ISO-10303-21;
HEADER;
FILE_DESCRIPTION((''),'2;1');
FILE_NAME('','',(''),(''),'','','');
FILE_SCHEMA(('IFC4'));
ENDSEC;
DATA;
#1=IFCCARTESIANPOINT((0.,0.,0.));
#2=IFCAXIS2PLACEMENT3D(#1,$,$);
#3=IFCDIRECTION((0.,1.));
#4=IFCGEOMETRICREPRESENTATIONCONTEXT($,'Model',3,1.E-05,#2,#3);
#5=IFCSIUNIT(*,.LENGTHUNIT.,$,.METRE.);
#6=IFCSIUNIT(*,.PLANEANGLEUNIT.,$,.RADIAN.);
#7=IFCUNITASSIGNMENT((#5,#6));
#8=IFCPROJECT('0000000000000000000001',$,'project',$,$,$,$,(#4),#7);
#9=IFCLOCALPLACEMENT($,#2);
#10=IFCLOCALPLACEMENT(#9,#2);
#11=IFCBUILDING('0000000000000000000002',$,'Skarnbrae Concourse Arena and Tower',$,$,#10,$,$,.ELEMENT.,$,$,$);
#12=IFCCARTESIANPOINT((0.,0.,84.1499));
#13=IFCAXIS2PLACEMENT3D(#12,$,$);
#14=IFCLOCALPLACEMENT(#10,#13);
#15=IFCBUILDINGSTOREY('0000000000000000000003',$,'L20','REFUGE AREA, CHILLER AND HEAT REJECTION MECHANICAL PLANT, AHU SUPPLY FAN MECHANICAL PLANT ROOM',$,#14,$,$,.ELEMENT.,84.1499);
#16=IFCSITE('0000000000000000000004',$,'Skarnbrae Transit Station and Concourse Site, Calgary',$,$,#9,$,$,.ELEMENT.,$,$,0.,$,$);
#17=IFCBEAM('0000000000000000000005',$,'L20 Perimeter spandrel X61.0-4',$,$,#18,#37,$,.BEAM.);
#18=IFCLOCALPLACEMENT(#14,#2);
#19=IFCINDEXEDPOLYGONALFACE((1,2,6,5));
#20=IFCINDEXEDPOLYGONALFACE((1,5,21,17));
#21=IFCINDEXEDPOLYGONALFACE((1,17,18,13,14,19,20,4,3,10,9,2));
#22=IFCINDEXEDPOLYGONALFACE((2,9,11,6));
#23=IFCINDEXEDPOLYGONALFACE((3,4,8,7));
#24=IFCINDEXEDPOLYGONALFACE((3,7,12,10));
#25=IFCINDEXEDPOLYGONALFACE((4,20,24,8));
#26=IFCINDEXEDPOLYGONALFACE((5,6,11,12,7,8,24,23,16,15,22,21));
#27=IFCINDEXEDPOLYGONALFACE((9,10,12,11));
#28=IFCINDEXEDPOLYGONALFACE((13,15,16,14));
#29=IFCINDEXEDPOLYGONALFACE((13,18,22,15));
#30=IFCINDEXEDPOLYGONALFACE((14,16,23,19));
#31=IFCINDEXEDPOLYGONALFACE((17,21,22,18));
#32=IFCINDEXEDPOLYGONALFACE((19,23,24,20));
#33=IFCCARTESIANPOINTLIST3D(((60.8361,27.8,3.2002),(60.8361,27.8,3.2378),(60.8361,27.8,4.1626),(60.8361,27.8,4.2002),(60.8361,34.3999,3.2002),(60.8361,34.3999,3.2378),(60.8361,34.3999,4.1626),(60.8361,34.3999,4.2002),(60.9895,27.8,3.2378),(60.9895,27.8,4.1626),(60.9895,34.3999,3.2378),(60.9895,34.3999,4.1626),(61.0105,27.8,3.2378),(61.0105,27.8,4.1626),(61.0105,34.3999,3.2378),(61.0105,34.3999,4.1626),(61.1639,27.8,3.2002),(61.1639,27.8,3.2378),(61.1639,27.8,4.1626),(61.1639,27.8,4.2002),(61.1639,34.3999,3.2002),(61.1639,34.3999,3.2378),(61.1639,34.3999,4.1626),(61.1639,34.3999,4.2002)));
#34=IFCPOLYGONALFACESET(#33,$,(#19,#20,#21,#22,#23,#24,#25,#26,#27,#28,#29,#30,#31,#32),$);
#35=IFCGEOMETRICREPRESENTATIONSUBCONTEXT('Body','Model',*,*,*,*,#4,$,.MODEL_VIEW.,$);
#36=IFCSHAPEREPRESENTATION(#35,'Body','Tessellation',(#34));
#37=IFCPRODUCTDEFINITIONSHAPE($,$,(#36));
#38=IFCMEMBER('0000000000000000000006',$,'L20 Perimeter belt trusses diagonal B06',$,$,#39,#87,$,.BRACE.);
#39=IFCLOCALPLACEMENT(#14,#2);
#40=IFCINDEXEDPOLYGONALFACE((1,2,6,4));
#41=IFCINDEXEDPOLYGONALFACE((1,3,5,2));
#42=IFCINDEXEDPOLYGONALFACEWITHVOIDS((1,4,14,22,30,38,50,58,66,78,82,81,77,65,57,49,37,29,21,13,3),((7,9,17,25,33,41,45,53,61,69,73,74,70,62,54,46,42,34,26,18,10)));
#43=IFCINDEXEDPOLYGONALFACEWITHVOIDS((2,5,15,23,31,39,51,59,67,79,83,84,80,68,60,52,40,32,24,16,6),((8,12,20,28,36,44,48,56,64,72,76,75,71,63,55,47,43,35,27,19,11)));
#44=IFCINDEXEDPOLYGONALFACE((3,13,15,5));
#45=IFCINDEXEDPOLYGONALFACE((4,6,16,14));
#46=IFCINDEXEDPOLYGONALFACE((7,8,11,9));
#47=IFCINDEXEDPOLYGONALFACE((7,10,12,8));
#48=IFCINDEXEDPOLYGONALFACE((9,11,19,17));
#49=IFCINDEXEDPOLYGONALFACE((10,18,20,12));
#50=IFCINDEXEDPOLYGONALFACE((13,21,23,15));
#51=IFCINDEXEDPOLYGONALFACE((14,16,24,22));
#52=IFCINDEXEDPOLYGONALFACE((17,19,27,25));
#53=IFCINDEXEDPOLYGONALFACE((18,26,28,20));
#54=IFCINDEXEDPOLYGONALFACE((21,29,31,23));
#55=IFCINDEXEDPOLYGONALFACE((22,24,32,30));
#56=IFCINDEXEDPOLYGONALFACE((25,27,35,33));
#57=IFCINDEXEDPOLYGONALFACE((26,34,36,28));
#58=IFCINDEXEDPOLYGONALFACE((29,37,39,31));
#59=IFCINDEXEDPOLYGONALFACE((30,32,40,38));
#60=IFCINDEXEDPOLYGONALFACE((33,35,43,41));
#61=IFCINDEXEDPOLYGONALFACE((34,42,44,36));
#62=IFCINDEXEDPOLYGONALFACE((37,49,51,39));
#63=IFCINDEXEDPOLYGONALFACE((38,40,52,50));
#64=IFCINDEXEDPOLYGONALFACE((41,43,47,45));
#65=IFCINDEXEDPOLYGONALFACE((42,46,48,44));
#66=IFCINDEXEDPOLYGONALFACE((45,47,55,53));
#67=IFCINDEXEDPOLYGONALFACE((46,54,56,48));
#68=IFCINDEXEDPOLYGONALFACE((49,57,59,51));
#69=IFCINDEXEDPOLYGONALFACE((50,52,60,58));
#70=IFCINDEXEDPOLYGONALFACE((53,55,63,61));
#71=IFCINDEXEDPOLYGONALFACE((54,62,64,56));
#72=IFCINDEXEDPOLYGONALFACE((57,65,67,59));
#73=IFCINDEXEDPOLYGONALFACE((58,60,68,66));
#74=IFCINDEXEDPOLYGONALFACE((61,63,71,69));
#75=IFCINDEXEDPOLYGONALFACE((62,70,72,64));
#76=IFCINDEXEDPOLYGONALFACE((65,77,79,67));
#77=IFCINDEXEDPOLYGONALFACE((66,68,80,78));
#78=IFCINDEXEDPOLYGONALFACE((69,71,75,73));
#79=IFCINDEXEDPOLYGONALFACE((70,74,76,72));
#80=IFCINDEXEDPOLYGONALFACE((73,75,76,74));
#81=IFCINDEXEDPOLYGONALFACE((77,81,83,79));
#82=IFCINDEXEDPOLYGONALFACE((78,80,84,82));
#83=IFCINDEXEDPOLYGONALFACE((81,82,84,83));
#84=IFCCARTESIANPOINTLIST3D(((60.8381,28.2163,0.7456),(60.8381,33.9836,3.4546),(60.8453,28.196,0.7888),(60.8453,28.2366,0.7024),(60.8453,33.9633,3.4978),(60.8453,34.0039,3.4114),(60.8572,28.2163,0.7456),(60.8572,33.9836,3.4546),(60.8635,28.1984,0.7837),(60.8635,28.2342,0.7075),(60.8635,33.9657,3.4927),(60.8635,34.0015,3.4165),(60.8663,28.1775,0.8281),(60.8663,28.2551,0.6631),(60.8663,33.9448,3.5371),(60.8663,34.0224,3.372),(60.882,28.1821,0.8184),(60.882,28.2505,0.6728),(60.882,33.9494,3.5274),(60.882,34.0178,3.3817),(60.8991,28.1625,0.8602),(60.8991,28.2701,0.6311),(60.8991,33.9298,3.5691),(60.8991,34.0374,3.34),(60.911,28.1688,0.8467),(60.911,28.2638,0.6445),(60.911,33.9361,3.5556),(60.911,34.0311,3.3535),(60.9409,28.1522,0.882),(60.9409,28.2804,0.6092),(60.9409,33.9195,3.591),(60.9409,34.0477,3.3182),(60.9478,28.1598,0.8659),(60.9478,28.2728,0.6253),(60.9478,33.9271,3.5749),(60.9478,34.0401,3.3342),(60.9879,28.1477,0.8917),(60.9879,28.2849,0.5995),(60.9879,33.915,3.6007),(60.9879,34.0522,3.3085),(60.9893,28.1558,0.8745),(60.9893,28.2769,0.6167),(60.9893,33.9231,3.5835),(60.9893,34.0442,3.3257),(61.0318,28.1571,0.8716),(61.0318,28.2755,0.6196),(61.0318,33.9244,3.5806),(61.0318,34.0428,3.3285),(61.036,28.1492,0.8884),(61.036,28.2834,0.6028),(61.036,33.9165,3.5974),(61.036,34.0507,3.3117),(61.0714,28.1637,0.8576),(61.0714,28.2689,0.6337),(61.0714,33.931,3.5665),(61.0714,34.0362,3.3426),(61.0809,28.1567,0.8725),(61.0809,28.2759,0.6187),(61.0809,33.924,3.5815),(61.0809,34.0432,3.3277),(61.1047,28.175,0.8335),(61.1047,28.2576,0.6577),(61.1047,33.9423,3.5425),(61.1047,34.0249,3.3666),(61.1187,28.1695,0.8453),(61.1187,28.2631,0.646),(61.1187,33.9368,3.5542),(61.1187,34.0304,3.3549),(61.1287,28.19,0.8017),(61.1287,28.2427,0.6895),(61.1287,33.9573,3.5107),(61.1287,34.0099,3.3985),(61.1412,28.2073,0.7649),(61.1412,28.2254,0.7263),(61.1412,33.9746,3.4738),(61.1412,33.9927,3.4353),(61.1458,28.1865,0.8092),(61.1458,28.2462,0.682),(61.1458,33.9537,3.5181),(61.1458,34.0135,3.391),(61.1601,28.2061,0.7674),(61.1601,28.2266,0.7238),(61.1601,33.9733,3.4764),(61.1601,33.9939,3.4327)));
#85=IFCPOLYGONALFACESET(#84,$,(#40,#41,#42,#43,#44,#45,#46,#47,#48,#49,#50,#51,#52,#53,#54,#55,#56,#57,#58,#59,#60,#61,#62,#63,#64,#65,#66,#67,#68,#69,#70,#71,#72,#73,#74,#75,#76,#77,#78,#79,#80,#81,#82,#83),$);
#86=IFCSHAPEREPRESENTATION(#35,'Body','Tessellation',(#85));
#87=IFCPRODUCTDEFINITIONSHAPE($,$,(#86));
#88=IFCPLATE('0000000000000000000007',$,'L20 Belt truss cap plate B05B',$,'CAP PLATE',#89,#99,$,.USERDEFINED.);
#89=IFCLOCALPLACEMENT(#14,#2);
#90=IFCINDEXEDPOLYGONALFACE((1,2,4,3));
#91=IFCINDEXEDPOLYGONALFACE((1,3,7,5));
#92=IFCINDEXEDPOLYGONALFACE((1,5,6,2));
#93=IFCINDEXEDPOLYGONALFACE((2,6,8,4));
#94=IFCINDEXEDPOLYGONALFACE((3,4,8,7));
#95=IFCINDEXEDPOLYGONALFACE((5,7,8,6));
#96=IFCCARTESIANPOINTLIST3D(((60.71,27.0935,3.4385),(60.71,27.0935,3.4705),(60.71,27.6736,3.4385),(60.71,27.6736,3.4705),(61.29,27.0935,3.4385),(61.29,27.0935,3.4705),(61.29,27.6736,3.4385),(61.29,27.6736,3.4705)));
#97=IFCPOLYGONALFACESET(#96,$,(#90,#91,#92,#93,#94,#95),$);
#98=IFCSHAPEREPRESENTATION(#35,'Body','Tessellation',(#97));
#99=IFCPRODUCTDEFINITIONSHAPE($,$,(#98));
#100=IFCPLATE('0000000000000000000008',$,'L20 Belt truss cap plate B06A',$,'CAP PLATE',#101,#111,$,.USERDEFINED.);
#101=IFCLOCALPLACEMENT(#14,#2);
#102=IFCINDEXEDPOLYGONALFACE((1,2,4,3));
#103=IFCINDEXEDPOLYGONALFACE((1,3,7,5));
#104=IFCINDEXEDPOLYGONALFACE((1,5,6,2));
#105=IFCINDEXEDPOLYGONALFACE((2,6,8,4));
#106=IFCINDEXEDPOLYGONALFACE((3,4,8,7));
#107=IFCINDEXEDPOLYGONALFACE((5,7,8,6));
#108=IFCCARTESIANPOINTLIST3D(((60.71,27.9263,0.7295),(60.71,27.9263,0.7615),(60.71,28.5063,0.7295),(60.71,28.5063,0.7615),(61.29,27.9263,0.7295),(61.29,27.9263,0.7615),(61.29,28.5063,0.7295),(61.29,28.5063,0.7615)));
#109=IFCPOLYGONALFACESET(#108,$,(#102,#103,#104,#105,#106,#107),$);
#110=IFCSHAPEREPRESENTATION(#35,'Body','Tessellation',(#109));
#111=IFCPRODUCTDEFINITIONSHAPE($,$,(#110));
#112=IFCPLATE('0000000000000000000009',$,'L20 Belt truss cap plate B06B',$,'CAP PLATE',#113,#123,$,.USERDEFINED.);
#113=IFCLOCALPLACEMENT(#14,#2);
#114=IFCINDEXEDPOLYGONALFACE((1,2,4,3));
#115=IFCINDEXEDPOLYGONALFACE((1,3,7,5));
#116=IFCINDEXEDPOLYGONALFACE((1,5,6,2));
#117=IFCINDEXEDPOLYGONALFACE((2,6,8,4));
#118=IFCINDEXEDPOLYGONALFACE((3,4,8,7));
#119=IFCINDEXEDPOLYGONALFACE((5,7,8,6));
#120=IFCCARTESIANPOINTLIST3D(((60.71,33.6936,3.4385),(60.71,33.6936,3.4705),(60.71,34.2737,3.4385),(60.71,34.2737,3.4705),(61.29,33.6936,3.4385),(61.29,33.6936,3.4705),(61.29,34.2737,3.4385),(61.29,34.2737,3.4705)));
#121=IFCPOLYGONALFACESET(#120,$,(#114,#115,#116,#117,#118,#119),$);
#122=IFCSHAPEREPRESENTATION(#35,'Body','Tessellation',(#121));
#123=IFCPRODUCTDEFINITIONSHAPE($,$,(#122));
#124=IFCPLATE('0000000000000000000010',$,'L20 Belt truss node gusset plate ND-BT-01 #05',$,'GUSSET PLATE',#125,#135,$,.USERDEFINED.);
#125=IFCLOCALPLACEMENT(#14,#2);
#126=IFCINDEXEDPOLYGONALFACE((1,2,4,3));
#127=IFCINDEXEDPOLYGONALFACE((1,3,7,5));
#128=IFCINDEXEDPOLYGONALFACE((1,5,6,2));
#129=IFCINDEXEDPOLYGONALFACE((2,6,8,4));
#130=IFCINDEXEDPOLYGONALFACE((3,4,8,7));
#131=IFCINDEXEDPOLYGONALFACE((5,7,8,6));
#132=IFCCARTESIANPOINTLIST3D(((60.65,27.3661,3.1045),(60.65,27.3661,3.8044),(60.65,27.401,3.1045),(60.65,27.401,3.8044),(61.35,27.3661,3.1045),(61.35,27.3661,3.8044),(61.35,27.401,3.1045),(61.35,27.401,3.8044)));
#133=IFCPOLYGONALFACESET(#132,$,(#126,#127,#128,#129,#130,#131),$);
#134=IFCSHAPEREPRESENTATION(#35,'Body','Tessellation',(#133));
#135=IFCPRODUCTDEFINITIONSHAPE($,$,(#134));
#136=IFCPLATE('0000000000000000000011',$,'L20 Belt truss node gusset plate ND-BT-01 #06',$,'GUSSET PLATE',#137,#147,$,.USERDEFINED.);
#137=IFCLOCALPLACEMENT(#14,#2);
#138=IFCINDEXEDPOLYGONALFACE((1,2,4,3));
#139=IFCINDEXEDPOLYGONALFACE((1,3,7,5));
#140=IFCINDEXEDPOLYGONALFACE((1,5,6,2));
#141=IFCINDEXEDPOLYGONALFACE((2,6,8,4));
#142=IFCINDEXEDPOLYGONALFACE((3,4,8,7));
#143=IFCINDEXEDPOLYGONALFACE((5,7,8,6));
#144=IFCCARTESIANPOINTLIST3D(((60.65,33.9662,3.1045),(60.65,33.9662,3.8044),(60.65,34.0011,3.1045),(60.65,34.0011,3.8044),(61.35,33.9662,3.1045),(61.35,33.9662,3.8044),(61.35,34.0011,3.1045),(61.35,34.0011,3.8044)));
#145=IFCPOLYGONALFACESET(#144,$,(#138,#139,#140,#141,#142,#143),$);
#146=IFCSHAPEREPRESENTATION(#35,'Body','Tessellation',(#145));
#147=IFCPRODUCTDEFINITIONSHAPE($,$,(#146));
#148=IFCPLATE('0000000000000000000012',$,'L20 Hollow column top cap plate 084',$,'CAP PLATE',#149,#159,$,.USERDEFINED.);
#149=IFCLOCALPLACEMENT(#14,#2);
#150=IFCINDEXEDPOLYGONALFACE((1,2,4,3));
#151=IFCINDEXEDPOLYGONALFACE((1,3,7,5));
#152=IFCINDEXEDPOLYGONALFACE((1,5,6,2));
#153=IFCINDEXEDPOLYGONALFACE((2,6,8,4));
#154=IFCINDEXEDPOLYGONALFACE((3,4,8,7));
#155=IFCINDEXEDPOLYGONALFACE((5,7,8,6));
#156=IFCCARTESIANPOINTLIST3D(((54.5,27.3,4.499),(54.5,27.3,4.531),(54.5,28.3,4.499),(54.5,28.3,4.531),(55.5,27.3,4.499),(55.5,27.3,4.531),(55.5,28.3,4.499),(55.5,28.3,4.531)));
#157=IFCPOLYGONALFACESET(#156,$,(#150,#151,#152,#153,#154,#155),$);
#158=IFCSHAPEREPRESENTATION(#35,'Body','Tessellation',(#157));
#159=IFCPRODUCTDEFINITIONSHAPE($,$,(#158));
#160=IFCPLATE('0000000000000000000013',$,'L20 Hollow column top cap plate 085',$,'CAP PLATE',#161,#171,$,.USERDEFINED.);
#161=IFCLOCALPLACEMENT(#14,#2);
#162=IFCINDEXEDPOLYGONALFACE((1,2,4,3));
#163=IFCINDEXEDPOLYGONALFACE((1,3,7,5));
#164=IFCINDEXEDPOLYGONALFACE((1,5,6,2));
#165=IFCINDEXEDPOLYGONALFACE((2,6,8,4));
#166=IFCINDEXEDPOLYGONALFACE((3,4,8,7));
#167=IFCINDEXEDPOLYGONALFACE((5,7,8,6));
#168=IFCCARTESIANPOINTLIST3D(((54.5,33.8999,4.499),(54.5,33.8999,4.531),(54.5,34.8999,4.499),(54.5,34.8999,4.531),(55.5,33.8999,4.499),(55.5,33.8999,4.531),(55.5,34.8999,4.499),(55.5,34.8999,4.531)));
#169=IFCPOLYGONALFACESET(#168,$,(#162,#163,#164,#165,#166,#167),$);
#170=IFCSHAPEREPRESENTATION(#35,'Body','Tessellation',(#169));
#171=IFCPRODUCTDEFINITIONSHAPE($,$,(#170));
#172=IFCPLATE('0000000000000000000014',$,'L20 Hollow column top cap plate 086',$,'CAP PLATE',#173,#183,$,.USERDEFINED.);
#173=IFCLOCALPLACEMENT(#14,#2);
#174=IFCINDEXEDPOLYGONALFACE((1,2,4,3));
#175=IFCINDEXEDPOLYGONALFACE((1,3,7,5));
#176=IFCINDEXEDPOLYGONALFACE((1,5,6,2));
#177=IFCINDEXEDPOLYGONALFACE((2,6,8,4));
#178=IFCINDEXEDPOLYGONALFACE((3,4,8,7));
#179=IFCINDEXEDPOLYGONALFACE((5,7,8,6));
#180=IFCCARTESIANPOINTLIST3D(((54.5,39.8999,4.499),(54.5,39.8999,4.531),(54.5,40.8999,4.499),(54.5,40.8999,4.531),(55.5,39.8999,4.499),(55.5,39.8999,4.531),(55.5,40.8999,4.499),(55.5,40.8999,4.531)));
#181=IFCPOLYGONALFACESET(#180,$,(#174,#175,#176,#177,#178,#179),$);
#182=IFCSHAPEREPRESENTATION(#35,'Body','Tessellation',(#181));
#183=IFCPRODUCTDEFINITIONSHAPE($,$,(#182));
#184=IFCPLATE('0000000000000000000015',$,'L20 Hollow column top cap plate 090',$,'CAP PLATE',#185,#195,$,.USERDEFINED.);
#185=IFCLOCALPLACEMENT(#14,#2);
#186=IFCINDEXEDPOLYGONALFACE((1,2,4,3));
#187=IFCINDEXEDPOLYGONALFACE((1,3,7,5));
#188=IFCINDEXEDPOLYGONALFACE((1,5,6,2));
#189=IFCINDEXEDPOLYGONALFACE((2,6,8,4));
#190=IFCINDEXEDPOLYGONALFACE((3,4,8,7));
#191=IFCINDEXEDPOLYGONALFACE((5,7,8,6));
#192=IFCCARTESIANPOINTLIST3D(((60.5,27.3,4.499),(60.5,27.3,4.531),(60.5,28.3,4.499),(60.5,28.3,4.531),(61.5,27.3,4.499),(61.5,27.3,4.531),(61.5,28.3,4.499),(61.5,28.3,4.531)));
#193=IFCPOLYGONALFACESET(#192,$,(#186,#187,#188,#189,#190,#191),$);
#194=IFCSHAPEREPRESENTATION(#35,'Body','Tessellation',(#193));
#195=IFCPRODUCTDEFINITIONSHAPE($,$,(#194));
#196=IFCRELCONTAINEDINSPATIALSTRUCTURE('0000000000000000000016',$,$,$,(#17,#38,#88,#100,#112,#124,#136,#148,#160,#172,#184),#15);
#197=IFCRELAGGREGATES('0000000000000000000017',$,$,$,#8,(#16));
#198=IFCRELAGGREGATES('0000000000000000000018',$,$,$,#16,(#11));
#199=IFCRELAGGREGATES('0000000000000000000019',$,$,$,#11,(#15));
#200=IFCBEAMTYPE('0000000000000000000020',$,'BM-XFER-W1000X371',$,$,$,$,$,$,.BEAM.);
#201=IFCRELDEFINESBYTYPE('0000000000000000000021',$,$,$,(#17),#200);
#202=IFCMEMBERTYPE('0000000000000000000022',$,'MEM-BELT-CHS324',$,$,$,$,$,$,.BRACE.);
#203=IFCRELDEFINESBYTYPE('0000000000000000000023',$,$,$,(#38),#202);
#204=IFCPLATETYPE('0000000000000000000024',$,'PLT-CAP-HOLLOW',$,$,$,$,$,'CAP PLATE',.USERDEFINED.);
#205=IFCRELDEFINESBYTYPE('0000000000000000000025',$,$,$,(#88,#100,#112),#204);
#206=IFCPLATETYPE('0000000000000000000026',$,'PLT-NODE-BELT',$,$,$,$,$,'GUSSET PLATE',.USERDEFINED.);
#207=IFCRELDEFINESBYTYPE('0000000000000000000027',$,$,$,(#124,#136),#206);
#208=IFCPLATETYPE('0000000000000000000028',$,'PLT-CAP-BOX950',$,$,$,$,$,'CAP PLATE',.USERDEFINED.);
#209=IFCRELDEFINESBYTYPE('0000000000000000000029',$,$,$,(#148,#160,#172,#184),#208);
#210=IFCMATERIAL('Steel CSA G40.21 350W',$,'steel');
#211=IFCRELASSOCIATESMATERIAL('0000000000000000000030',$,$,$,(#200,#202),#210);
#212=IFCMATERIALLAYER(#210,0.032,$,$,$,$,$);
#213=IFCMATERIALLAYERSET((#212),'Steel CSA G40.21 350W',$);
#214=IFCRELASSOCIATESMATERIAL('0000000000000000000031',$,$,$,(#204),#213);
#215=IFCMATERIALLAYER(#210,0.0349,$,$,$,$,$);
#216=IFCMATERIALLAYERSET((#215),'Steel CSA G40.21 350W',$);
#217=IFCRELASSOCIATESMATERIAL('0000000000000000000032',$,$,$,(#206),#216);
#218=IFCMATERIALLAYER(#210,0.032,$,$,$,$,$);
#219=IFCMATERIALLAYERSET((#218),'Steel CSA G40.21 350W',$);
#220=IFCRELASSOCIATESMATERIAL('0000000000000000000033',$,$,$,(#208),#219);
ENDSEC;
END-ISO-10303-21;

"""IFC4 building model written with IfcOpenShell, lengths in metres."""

from ifc_helpers import new_model, si_unit, direction, frame, origin, origin_2d, place, context, subcontext, project, spatial, rectangle, hollow_circle, i_section, extrude, source, transform, mapped, material, layer, layer_set, material_profile, profile_set, type_object, element, save


model = new_model("IFC4")

# Units and contexts
model_context = context("Model", 3, precision=1e-05, world=origin(), true_north=direction((0.0, 1.0)))
body_context = subcontext(model_context, "Body", "Model", "MODEL_VIEW")
ifc_project = project(units=[si_unit("LENGTHUNIT", "METRE"), si_unit("PLANEANGLEUNIT", "RADIAN")], contexts=[model_context])

# Site, building, storey
site_placement = place(None, origin())
site = spatial("IfcSite", under=ifc_project, at=site_placement, Name="Skarnbrae Transit Station and Concourse Site, Calgary", CompositionType="ELEMENT", RefElevation=0.0)
building_placement = place(site_placement, origin())
building = spatial("IfcBuilding", under=site, at=building_placement, Name="Skarnbrae Concourse Arena and Tower", CompositionType="ELEMENT")
storey_placement = place(building_placement, frame((0.0, 0.0, 84.1499)))
storey = spatial("IfcBuildingStorey", under=building, at=storey_placement, Name="L20", Description="REFUGE AREA, CHILLER AND HEAT REJECTION MECHANICAL PLANT, AHU SUPPLY FAN MECHANICAL PLANT ROOM", CompositionType="ELEMENT", Elevation=84.1499)

# Shared definitions
ifc_material_1 = material(Name="Steel CSA G40.21 350W", Category="steel")

# Beam
ifc_material_profile_1 = material_profile(ifc_material_1, i_section(OverallWidth=0.3279, OverallDepth=1.0, WebThickness=0.021, FlangeThickness=0.0376, at=origin_2d()), Name="W1000X371")
ifc_profile_set_1 = profile_set([ifc_material_profile_1], Name="Steel CSA G40.21 350W")
beam_type_1 = type_object("IfcBeamType", Name="BM-XFER-W1000X371", PredefinedType="BEAM", material=ifc_profile_set_1)
shared_shape_1 = source(origin(), body_context, "Body", "SweptSolid", [
    extrude(i_section(OverallWidth=0.3279, OverallDepth=1.0, WebThickness=0.021, FlangeThickness=0.0376, at=origin_2d()), origin(), (0.0, 0.0, 1.0), 6.5999),
])
for number, where, z_axis, x_axis, name in (
    (1, (61.0, 27.8, 3.7002), (0.0, 1.0, 0.0), (-1.0, 0.0, 0.0), "L20 Perimeter spandrel X61.0-4"),
):
    element("IfcBeam", number, at=place(storey_placement, frame(where, z_axis=z_axis, x_axis=x_axis)), inside=storey, type_object=beam_type_1, Name=name, PredefinedType="BEAM", context=body_context, shape_type="MappedRepresentation", body=[
        mapped(shared_shape_1, transform((0.0, 0.0, 0.0))),
    ])

# Member
ifc_material_profile_2 = material_profile(ifc_material_1, hollow_circle(Radius=0.1619, WallThickness=0.019, at=origin_2d()), Name="HSS324X19.0")
ifc_profile_set_2 = profile_set([ifc_material_profile_2], Name="Steel CSA G40.21 350W")
member_type = type_object("IfcMemberType", Name="MEM-BELT-CHS324", PredefinedType="BRACE", material=ifc_profile_set_2)
shared_shape_2 = source(origin(), body_context, "Body", "SweptSolid", [
    extrude(hollow_circle(Radius=0.1619, WallThickness=0.019, at=origin_2d()), origin(), (0.0, 0.0, 1.0), 6.3718),
])
member_placement = place(storey_placement, frame((61.0, 28.2163, 0.7456), z_axis=(0.0, 0.905124, 0.425147), x_axis=(-1.0, 0.0, 0.0)))
element("IfcMember", 2, at=member_placement, inside=storey, type_object=member_type, Name="L20 Perimeter belt trusses diagonal B06", PredefinedType="BRACE", context=body_context, shape_type="MappedRepresentation", body=[
    mapped(shared_shape_2, transform((0.0, 0.0, 0.0))),
])

# Plates
ifc_layer_1 = layer(ifc_material_1, 0.032)
ifc_layer_set_1 = layer_set([ifc_layer_1], Name="Steel CSA G40.21 350W")
plate_type_1 = type_object("IfcPlateType", Name="PLT-CAP-HOLLOW", ElementType="CAP PLATE", PredefinedType="USERDEFINED", material=ifc_layer_set_1)
shared_shape_3 = source(origin(), body_context, "Body", "SweptSolid", [
    extrude(rectangle(XDim=0.5801, YDim=0.5801, at=origin_2d()), origin(), (0.0, 0.0, 1.0), 0.032),
])
for number, where, z_axis, x_axis, name in (
    (3, (61.0, 27.3835, 3.4385), (0.0, 0.0, 1.0), (1.0, 0.0, 0.0), "L20 Belt truss cap plate B05B"),
    (4, (61.0, 28.2163, 0.7295), (0.0, 0.0, 1.0), (1.0, 0.0, 0.0), "L20 Belt truss cap plate B06A"),
    (5, (61.0, 33.9836, 3.4385), (0.0, 0.0, 1.0), (1.0, 0.0, 0.0), "L20 Belt truss cap plate B06B"),
):
    element("IfcPlate", number, at=place(storey_placement, frame(where, z_axis=z_axis, x_axis=x_axis)), inside=storey, type_object=plate_type_1, Name=name, ObjectType="CAP PLATE", PredefinedType="USERDEFINED", context=body_context, shape_type="MappedRepresentation", body=[
        mapped(shared_shape_3, transform((0.0, 0.0, 0.0))),
    ])
ifc_layer_2 = layer(ifc_material_1, 0.0349)
ifc_layer_set_2 = layer_set([ifc_layer_2], Name="Steel CSA G40.21 350W")
plate_type_2 = type_object("IfcPlateType", Name="PLT-NODE-BELT", ElementType="GUSSET PLATE", PredefinedType="USERDEFINED", material=ifc_layer_set_2)
shared_shape_4 = source(origin(), body_context, "Body", "SweptSolid", [
    extrude(rectangle(XDim=0.7, YDim=0.0349, at=origin_2d()), origin(), (0.0, 0.0, 1.0), 0.7),
])
for number, where, z_axis, x_axis, name in (
    (6, (61.0, 27.3835, 3.1045), (0.0, 0.0, 1.0), (1.0, 0.0, 0.0), "L20 Belt truss node gusset plate ND-BT-01 #05"),
    (7, (61.0, 33.9836, 3.1045), (0.0, 0.0, 1.0), (1.0, 0.0, 0.0), "L20 Belt truss node gusset plate ND-BT-01 #06"),
):
    element("IfcPlate", number, at=place(storey_placement, frame(where, z_axis=z_axis, x_axis=x_axis)), inside=storey, type_object=plate_type_2, Name=name, ObjectType="GUSSET PLATE", PredefinedType="USERDEFINED", context=body_context, shape_type="MappedRepresentation", body=[
        mapped(shared_shape_4, transform((0.0, 0.0, 0.0))),
    ])
ifc_layer_3 = layer(ifc_material_1, 0.032)
ifc_layer_set_3 = layer_set([ifc_layer_3], Name="Steel CSA G40.21 350W")
plate_type_3 = type_object("IfcPlateType", Name="PLT-CAP-BOX950", ElementType="CAP PLATE", PredefinedType="USERDEFINED", material=ifc_layer_set_3)
shared_shape_5 = source(origin(), body_context, "Body", "SweptSolid", [
    extrude(rectangle(XDim=1.0, YDim=1.0, at=origin_2d()), origin(), (0.0, 0.0, 1.0), 0.032),
])
for number, where, z_axis, x_axis, name in (
    (8, (55.0, 27.8, 4.499), (0.0, 0.0, 1.0), (1.0, 0.0, 0.0), "L20 Hollow column top cap plate 084"),
    (9, (55.0, 34.3999, 4.499), (0.0, 0.0, 1.0), (1.0, 0.0, 0.0), "L20 Hollow column top cap plate 085"),
    (10, (55.0, 40.3999, 4.499), (0.0, 0.0, 1.0), (1.0, 0.0, 0.0), "L20 Hollow column top cap plate 086"),
    (11, (61.0, 27.8, 4.499), (0.0, 0.0, 1.0), (1.0, 0.0, 0.0), "L20 Hollow column top cap plate 090"),
):
    element("IfcPlate", number, at=place(storey_placement, frame(where, z_axis=z_axis, x_axis=x_axis)), inside=storey, type_object=plate_type_3, Name=name, ObjectType="CAP PLATE", PredefinedType="USERDEFINED", context=body_context, shape_type="MappedRepresentation", body=[
        mapped(shared_shape_5, transform((0.0, 0.0, 0.0))),
    ])

save(model, "model.ifc")
